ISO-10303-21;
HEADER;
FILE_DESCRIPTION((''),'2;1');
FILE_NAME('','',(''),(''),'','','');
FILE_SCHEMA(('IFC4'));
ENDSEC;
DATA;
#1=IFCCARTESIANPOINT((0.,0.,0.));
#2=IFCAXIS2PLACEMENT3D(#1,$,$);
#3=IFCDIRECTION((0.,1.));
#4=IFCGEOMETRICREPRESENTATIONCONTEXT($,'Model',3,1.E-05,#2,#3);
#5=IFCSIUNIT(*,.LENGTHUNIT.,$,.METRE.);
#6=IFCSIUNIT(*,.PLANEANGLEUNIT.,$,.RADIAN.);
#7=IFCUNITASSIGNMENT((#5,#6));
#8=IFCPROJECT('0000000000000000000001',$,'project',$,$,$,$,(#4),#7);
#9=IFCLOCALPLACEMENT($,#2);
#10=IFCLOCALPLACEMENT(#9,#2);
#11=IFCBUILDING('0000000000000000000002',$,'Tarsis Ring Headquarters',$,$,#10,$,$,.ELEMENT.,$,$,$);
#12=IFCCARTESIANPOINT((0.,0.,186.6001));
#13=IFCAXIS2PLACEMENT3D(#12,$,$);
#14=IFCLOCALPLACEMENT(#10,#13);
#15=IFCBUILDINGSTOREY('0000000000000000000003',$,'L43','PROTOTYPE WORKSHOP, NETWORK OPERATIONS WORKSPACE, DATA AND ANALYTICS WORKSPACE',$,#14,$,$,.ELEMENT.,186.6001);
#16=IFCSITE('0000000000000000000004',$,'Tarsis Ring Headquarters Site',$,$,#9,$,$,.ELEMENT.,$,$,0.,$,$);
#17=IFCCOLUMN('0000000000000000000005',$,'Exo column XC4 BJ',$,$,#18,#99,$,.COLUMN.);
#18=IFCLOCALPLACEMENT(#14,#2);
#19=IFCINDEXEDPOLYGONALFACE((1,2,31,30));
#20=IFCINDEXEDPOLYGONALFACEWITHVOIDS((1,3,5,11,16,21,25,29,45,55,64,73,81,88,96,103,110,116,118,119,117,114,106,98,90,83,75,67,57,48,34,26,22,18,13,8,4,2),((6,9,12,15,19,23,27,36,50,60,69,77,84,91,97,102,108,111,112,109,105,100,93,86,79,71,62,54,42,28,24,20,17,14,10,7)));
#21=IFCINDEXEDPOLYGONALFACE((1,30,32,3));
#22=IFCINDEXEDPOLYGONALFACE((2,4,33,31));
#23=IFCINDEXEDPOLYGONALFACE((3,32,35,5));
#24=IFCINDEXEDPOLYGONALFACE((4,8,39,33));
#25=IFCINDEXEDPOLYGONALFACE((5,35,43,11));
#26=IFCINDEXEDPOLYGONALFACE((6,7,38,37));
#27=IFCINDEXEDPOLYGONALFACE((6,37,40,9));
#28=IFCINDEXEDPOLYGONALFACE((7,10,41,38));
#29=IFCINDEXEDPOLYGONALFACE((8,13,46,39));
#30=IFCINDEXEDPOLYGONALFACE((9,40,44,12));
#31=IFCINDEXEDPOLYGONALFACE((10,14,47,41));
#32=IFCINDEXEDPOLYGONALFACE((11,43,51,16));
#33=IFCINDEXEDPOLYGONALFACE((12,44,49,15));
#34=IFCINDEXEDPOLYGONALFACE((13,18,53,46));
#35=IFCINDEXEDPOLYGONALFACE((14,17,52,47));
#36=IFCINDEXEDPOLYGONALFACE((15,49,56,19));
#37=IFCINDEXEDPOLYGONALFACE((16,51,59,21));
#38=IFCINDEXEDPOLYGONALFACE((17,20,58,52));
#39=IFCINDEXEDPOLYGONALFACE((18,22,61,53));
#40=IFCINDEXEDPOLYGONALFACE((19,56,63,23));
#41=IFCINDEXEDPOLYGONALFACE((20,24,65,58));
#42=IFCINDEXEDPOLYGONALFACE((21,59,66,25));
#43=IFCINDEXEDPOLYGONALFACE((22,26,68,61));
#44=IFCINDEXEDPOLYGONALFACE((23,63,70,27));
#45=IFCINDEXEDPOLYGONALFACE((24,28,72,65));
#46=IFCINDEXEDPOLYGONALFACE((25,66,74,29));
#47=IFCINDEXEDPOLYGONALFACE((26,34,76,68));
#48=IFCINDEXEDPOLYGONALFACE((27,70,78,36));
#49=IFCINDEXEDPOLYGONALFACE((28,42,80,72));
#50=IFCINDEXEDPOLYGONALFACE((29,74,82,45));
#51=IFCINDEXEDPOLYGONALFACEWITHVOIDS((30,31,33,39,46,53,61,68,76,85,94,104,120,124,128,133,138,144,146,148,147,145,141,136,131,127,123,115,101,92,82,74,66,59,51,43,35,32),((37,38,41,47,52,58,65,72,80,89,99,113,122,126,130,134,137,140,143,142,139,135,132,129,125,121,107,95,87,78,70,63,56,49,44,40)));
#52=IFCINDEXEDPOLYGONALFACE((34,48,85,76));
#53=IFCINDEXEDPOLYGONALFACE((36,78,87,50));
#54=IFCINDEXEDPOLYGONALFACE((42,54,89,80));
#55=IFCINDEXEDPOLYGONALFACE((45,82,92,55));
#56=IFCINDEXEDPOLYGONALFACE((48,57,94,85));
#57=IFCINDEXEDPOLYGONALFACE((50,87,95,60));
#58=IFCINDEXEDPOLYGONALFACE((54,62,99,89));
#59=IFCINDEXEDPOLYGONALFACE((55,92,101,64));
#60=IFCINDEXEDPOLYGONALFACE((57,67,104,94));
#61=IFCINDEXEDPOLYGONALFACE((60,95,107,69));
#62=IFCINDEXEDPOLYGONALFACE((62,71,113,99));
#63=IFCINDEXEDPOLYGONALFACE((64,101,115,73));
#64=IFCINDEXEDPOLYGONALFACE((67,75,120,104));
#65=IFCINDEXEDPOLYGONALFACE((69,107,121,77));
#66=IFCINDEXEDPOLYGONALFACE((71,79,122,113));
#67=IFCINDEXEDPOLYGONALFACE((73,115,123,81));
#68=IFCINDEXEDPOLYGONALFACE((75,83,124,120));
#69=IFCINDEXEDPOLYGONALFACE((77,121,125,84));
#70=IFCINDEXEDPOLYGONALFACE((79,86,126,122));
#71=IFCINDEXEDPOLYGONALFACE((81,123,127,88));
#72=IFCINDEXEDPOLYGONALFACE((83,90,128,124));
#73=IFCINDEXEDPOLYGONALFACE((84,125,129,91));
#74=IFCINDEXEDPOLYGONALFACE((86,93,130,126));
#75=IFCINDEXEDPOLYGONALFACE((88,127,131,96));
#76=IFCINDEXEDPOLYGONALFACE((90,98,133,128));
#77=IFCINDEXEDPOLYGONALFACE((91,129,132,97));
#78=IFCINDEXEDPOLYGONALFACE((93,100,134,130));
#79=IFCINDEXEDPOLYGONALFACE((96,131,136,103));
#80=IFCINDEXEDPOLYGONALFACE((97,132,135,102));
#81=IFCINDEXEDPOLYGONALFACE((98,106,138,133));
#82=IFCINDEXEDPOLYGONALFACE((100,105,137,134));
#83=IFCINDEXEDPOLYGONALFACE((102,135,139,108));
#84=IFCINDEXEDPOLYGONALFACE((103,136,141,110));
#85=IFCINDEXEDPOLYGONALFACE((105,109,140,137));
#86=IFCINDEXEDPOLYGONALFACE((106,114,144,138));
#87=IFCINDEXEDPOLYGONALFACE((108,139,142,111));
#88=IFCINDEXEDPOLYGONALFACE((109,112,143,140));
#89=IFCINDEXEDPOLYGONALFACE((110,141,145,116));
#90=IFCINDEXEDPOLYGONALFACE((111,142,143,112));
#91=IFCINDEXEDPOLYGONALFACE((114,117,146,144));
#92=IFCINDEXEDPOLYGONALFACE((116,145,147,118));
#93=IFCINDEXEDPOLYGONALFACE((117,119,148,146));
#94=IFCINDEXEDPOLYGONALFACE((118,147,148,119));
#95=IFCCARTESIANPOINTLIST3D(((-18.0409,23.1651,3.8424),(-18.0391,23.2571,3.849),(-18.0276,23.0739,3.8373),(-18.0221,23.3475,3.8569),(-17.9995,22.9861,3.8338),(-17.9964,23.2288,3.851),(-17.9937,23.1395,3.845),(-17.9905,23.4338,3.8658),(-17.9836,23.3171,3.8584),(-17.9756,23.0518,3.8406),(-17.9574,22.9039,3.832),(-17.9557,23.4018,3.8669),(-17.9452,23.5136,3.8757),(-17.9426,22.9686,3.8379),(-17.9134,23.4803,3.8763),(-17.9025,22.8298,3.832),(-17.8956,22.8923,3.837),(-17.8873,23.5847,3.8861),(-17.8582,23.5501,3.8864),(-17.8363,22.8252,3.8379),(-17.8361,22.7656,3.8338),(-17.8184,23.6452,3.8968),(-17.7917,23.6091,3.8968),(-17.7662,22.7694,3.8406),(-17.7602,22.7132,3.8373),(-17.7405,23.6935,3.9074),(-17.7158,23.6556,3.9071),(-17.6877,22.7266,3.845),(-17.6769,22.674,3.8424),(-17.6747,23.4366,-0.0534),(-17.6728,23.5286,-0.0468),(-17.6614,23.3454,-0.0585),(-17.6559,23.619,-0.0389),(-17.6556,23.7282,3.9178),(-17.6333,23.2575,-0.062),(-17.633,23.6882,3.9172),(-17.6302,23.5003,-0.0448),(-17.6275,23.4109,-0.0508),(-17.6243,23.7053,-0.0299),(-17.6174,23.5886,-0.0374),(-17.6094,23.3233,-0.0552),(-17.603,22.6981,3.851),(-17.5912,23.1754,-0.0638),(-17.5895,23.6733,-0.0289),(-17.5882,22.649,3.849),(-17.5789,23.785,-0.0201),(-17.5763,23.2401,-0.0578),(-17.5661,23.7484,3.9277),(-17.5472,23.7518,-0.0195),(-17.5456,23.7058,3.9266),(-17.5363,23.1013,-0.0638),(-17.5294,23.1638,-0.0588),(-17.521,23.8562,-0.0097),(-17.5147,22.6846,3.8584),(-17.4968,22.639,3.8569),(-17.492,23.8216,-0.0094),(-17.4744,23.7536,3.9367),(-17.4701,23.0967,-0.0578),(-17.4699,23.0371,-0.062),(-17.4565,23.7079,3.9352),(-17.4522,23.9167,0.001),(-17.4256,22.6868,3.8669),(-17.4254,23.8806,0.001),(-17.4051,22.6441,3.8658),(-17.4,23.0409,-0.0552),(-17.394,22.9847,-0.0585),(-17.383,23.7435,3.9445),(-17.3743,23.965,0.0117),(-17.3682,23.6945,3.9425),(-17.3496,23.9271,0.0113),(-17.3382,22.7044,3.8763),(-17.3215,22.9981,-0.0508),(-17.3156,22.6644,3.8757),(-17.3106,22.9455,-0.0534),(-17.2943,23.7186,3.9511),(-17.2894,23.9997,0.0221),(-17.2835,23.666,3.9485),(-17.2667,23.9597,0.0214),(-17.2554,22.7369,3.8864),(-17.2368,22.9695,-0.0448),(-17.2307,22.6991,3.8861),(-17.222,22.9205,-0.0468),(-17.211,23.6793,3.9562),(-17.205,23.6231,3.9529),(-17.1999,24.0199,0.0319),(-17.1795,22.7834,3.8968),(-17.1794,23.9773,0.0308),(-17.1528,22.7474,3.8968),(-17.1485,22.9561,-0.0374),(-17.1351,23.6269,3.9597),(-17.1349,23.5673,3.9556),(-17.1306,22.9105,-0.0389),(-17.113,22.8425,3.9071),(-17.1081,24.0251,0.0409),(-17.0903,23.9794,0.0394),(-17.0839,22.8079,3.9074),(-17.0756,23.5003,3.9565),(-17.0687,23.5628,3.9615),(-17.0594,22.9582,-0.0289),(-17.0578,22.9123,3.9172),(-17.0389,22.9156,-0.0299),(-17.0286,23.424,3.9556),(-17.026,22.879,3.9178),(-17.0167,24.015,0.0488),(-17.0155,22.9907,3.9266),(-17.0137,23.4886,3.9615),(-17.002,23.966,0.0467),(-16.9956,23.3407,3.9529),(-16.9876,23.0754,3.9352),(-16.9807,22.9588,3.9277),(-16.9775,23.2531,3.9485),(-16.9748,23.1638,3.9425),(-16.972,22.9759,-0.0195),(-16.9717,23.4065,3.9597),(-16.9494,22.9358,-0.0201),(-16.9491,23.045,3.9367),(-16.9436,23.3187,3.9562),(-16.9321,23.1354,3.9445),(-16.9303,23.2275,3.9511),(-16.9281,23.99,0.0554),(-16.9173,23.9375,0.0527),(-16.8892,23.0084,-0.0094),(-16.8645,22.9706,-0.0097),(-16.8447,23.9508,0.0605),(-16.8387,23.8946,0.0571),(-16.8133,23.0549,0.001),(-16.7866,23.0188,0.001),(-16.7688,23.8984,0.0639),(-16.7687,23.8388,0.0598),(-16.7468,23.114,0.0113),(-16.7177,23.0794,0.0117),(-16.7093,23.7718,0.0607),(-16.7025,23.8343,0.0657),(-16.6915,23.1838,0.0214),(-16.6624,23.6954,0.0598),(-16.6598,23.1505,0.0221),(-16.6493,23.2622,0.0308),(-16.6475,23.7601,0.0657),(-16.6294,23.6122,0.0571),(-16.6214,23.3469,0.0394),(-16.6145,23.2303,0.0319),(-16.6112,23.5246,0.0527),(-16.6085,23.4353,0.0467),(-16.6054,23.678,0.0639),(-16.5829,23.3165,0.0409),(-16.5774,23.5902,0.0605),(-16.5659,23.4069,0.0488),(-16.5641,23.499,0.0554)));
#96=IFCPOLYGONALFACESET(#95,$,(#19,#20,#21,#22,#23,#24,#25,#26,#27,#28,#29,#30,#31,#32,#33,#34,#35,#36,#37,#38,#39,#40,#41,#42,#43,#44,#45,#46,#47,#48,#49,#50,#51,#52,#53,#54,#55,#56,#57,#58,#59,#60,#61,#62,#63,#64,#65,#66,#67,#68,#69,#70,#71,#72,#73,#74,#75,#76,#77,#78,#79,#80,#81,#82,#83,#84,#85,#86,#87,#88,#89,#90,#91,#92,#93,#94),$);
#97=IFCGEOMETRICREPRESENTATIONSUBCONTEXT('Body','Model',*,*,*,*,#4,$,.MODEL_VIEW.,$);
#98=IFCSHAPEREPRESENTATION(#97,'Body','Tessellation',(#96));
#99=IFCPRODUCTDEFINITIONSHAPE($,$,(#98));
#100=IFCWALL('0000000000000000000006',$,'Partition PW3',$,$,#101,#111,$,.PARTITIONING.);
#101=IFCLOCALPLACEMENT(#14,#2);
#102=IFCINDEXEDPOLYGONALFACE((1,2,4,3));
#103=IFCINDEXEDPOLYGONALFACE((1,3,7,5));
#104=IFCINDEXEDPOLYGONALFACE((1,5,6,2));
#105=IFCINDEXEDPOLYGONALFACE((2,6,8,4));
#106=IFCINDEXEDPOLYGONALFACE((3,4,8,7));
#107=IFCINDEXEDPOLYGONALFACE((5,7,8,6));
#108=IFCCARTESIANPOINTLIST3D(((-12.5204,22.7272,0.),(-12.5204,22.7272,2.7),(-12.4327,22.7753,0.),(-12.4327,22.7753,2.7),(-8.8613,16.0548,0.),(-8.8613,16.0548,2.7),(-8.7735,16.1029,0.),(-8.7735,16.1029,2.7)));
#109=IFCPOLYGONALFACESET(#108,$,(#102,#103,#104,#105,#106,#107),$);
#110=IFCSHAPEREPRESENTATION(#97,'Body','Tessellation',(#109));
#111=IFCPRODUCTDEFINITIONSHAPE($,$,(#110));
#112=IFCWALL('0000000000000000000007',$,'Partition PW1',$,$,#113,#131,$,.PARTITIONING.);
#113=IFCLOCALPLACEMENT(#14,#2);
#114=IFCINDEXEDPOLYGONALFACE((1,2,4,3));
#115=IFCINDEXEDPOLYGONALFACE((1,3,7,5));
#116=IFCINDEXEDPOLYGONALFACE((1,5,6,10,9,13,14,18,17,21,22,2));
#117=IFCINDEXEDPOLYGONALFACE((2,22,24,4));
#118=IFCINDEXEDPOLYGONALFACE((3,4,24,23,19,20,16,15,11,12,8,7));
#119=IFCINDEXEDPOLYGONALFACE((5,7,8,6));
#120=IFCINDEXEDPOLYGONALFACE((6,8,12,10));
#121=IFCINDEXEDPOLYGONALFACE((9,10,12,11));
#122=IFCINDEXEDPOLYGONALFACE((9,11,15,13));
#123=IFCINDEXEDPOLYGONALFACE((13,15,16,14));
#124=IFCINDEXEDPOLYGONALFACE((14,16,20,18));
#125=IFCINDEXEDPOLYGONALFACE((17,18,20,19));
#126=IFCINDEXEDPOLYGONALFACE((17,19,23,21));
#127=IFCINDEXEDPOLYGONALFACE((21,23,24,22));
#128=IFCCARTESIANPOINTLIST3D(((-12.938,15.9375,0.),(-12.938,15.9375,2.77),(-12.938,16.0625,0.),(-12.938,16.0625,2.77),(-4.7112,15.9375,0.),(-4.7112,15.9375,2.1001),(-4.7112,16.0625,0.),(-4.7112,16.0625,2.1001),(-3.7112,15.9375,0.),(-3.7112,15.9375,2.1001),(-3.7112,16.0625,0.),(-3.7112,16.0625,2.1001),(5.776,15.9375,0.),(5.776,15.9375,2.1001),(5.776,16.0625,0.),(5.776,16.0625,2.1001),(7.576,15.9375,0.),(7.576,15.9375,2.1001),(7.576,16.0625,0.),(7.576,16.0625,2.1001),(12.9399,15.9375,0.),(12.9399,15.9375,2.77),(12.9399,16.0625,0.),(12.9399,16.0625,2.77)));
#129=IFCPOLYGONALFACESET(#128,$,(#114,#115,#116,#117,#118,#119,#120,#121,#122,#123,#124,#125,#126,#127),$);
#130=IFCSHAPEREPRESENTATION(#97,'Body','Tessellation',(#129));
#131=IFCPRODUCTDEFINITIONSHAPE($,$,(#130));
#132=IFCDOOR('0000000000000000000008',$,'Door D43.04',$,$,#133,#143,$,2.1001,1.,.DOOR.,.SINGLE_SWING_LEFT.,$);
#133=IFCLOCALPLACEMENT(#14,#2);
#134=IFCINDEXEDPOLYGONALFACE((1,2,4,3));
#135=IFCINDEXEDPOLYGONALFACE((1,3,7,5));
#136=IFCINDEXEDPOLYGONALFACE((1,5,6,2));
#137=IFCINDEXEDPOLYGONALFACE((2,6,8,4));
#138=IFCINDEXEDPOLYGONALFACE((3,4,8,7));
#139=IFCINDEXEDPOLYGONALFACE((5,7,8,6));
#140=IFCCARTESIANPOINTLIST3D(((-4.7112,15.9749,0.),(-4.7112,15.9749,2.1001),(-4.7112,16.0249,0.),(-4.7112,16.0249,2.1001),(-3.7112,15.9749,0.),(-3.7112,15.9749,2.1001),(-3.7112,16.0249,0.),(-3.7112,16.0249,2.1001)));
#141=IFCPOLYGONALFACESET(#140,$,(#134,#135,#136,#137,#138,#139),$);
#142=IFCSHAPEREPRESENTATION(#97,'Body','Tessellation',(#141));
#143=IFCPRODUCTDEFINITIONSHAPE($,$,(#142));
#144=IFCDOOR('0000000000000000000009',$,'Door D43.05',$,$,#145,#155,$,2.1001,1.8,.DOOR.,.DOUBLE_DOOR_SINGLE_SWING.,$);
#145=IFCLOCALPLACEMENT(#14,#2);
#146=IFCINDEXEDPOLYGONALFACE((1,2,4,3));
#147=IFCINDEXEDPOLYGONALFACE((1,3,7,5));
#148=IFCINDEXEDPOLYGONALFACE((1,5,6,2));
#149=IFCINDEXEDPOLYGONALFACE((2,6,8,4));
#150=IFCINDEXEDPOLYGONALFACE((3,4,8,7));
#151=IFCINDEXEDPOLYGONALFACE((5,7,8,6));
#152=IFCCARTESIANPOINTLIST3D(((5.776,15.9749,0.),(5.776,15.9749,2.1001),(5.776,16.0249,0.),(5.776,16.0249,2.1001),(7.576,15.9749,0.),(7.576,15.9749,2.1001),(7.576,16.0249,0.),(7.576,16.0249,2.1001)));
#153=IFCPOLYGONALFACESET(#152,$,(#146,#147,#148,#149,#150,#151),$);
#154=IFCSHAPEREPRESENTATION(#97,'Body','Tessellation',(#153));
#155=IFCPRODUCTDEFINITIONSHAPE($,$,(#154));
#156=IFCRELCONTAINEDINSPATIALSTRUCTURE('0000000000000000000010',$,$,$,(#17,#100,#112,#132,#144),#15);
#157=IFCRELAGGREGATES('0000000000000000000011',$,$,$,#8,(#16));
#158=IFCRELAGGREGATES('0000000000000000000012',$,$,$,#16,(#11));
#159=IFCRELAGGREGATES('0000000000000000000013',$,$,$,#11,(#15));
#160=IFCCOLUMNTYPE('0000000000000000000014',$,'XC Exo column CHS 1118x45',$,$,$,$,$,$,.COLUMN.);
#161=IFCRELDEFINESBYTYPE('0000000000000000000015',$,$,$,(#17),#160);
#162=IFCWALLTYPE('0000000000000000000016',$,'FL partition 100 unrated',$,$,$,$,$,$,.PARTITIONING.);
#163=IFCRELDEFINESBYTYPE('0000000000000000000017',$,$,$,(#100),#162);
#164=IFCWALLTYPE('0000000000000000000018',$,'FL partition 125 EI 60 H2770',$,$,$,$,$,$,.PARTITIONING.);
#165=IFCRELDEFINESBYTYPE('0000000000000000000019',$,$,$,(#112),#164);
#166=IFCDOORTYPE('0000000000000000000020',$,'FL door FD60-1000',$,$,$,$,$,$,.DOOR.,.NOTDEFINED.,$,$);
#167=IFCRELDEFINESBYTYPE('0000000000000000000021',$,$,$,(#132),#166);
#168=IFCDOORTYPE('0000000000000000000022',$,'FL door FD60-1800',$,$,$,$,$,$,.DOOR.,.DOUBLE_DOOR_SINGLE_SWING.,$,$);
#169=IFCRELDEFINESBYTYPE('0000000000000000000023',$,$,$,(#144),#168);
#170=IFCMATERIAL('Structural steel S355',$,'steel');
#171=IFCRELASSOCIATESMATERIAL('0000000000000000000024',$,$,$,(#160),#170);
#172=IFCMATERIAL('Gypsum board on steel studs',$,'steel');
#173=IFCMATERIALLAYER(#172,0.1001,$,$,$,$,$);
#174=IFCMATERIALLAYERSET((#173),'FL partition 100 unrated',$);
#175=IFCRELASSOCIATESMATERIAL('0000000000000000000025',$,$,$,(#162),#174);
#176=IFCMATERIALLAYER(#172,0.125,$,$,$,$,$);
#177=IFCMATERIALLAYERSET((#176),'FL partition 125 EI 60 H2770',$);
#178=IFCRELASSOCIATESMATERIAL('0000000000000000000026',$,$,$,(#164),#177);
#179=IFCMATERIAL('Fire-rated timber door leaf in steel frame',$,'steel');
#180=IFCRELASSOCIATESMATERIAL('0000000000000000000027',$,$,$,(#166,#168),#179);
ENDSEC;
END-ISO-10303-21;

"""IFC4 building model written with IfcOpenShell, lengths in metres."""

from ifc_helpers import new_model, si_unit, direction, frame, frame_2d, origin, origin_2d, place, context, subcontext, project, spatial, rectangle, hollow_circle, extrude, material, layer, layer_set, material_profile, profile_set, type_object, element, fill, save


model = new_model("IFC4")

# Units and contexts
model_context = context("Model", 3, precision=1e-05, world=origin(), true_north=direction((0.0, 1.0)))
body_context = subcontext(model_context, "Body", "Model", "MODEL_VIEW")
ifc_project = project(units=[si_unit("LENGTHUNIT", "METRE"), si_unit("PLANEANGLEUNIT", "RADIAN")], contexts=[model_context])

# Site, building, storey
site_placement = place(None, origin())
site = spatial("IfcSite", under=ifc_project, at=site_placement, Name="Tarsis Ring Headquarters Site", CompositionType="ELEMENT", RefElevation=0.0)
building_placement = place(site_placement, origin())
building = spatial("IfcBuilding", under=site, at=building_placement, Name="Tarsis Ring Headquarters", CompositionType="ELEMENT")
storey_placement = place(building_placement, frame((0.0, 0.0, 186.6001)))
storey = spatial("IfcBuildingStorey", under=building, at=storey_placement, Name="L43", Description="PROTOTYPE WORKSHOP, NETWORK OPERATIONS WORKSPACE, DATA AND ANALYTICS WORKSPACE", CompositionType="ELEMENT", Elevation=186.6001)

# Column
ifc_material_1 = material(Name="Structural steel S355", Category="steel")
ifc_material_profile_1 = material_profile(ifc_material_1, hollow_circle(Radius=0.5588, WallThickness=0.0449, at=origin_2d()), Name="CHS 1118x45")
ifc_profile_set_1 = profile_set([ifc_material_profile_1], Name="Structural steel S355")
column_type = type_object("IfcColumnType", Name="XC Exo column CHS 1118x45", PredefinedType="COLUMN", material=ifc_profile_set_1)
column_placement = place(storey_placement, frame((-17.1194, 23.4678, 0.001), z_axis=(-0.093366, -0.069215, 0.993223), x_axis=(0.595535, -0.803329, 0.0)))
element("IfcColumn", 1, at=column_placement, inside=storey, type_object=column_type, Name="Exo column XC4 BJ", PredefinedType="COLUMN", context=body_context, shape_type="SweptSolid", body=[
    extrude(hollow_circle(Radius=0.5588, WallThickness=0.0449, at=origin_2d()), origin(), (0.0, 0.0, 1.0), 3.9224),
])

# Wall
ifc_material_2 = material(Name="Gypsum board on steel studs", Category="steel")
ifc_layer_1 = layer(ifc_material_2, 0.1001)
ifc_layer_set_1 = layer_set([ifc_layer_1], Name="FL partition 100 unrated")
wall_type_1 = type_object("IfcWallType", Name="FL partition 100 unrated", PredefinedType="PARTITIONING", material=ifc_layer_set_1)
wall_1_placement = place(storey_placement, frame((-12.4766, 22.7512, 0.0), z_axis=(0.0, 0.0, 1.0), x_axis=(0.480847, -0.876805, 0.0)))
element("IfcWall", 2, at=wall_1_placement, inside=storey, type_object=wall_type_1, Name="Partition PW3", PredefinedType="PARTITIONING", context=body_context, shape_type="SweptSolid", body=[
    extrude(rectangle(XDim=7.6099, YDim=0.1001, at=frame_2d((3.8049, 0.0))), origin(), (0.0, 0.0, 1.0), 2.7),
])

# Wall, openings, doors
ifc_layer_2 = layer(ifc_material_2, 0.125)
ifc_layer_set_2 = layer_set([ifc_layer_2], Name="FL partition 125 EI 60 H2770")
wall_type_2 = type_object("IfcWallType", Name="FL partition 125 EI 60 H2770", PredefinedType="PARTITIONING", material=ifc_layer_set_2)
wall_2_placement = place(storey_placement, frame((-12.938, 16.0, 0.0), z_axis=(0.0, 0.0, 1.0), x_axis=(1.0, 0.0, 0.0)))
wall_2 = element("IfcWall", 3, at=wall_2_placement, inside=storey, type_object=wall_type_2, Name="Partition PW1", PredefinedType="PARTITIONING", context=body_context, shape_type="SweptSolid", body=[
    extrude(rectangle(XDim=25.8779, YDim=0.125, at=frame_2d((12.939, 0.0))), origin(), (0.0, 0.0, 1.0), 2.77),
])
opening_1_placement = place(wall_2_placement, frame((8.2268, 0.0, 0.0)))
opening_1 = element("IfcOpeningElement", 4, at=opening_1_placement, cuts=wall_2, PredefinedType="OPENING", context=body_context, shape_type="SweptSolid", body=[
    extrude(rectangle(XDim=1.0, YDim=2.1001, at=frame_2d((0.5, 1.05))), frame((0.0, 0.0725, 0.0), z_axis=(0.0, -1.0, 0.0), x_axis=(1.0, 0.0, 0.0)), (0.0, 0.0, 1.0), 0.145),
])
opening_2_placement = place(wall_2_placement, frame((18.7141, 0.0, 0.0)))
opening_2 = element("IfcOpeningElement", 5, at=opening_2_placement, cuts=wall_2, PredefinedType="OPENING", context=body_context, shape_type="SweptSolid", body=[
    extrude(rectangle(XDim=1.8, YDim=2.1001, at=frame_2d((0.8999, 1.05))), frame((0.0, 0.0725, 0.0), z_axis=(0.0, -1.0, 0.0), x_axis=(1.0, 0.0, 0.0)), (0.0, 0.0, 1.0), 0.145),
])
ifc_material_3 = material(Name="Fire-rated timber door leaf in steel frame", Category="steel")
door_type_1 = type_object("IfcDoorType", Name="FL door FD60-1000", OperationType="NOTDEFINED", PredefinedType="DOOR", material=ifc_material_3)
door_1_placement = place(opening_1_placement, origin())
door_1 = element("IfcDoor", 6, at=door_1_placement, inside=storey, type_object=door_type_1, Name="Door D43.04", OperationType="SINGLE_SWING_LEFT", OverallHeight=2.1001, OverallWidth=1.0, PredefinedType="DOOR", context=body_context, shape_type="SweptSolid", body=[
    extrude(rectangle(XDim=1.0, YDim=2.1001, at=frame_2d((0.5, 1.05))), frame((0.0, 0.0249, 0.0), z_axis=(0.0, -1.0, 0.0), x_axis=(1.0, 0.0, 0.0)), (0.0, 0.0, 1.0), 0.05),
])
fill(opening_1, door_1)
door_type_2 = type_object("IfcDoorType", Name="FL door FD60-1800", OperationType="DOUBLE_DOOR_SINGLE_SWING", PredefinedType="DOOR", material=ifc_material_3)
door_2_placement = place(opening_2_placement, origin())
door_2 = element("IfcDoor", 7, at=door_2_placement, inside=storey, type_object=door_type_2, Name="Door D43.05", OperationType="DOUBLE_DOOR_SINGLE_SWING", OverallHeight=2.1001, OverallWidth=1.8, PredefinedType="DOOR", context=body_context, shape_type="SweptSolid", body=[
    extrude(rectangle(XDim=1.8, YDim=2.1001, at=frame_2d((0.8999, 1.05))), frame((0.0, 0.0249, 0.0), z_axis=(0.0, -1.0, 0.0), x_axis=(1.0, 0.0, 0.0)), (0.0, 0.0, 1.0), 0.05),
])
fill(opening_2, door_2)

save(model, "model.ifc")
